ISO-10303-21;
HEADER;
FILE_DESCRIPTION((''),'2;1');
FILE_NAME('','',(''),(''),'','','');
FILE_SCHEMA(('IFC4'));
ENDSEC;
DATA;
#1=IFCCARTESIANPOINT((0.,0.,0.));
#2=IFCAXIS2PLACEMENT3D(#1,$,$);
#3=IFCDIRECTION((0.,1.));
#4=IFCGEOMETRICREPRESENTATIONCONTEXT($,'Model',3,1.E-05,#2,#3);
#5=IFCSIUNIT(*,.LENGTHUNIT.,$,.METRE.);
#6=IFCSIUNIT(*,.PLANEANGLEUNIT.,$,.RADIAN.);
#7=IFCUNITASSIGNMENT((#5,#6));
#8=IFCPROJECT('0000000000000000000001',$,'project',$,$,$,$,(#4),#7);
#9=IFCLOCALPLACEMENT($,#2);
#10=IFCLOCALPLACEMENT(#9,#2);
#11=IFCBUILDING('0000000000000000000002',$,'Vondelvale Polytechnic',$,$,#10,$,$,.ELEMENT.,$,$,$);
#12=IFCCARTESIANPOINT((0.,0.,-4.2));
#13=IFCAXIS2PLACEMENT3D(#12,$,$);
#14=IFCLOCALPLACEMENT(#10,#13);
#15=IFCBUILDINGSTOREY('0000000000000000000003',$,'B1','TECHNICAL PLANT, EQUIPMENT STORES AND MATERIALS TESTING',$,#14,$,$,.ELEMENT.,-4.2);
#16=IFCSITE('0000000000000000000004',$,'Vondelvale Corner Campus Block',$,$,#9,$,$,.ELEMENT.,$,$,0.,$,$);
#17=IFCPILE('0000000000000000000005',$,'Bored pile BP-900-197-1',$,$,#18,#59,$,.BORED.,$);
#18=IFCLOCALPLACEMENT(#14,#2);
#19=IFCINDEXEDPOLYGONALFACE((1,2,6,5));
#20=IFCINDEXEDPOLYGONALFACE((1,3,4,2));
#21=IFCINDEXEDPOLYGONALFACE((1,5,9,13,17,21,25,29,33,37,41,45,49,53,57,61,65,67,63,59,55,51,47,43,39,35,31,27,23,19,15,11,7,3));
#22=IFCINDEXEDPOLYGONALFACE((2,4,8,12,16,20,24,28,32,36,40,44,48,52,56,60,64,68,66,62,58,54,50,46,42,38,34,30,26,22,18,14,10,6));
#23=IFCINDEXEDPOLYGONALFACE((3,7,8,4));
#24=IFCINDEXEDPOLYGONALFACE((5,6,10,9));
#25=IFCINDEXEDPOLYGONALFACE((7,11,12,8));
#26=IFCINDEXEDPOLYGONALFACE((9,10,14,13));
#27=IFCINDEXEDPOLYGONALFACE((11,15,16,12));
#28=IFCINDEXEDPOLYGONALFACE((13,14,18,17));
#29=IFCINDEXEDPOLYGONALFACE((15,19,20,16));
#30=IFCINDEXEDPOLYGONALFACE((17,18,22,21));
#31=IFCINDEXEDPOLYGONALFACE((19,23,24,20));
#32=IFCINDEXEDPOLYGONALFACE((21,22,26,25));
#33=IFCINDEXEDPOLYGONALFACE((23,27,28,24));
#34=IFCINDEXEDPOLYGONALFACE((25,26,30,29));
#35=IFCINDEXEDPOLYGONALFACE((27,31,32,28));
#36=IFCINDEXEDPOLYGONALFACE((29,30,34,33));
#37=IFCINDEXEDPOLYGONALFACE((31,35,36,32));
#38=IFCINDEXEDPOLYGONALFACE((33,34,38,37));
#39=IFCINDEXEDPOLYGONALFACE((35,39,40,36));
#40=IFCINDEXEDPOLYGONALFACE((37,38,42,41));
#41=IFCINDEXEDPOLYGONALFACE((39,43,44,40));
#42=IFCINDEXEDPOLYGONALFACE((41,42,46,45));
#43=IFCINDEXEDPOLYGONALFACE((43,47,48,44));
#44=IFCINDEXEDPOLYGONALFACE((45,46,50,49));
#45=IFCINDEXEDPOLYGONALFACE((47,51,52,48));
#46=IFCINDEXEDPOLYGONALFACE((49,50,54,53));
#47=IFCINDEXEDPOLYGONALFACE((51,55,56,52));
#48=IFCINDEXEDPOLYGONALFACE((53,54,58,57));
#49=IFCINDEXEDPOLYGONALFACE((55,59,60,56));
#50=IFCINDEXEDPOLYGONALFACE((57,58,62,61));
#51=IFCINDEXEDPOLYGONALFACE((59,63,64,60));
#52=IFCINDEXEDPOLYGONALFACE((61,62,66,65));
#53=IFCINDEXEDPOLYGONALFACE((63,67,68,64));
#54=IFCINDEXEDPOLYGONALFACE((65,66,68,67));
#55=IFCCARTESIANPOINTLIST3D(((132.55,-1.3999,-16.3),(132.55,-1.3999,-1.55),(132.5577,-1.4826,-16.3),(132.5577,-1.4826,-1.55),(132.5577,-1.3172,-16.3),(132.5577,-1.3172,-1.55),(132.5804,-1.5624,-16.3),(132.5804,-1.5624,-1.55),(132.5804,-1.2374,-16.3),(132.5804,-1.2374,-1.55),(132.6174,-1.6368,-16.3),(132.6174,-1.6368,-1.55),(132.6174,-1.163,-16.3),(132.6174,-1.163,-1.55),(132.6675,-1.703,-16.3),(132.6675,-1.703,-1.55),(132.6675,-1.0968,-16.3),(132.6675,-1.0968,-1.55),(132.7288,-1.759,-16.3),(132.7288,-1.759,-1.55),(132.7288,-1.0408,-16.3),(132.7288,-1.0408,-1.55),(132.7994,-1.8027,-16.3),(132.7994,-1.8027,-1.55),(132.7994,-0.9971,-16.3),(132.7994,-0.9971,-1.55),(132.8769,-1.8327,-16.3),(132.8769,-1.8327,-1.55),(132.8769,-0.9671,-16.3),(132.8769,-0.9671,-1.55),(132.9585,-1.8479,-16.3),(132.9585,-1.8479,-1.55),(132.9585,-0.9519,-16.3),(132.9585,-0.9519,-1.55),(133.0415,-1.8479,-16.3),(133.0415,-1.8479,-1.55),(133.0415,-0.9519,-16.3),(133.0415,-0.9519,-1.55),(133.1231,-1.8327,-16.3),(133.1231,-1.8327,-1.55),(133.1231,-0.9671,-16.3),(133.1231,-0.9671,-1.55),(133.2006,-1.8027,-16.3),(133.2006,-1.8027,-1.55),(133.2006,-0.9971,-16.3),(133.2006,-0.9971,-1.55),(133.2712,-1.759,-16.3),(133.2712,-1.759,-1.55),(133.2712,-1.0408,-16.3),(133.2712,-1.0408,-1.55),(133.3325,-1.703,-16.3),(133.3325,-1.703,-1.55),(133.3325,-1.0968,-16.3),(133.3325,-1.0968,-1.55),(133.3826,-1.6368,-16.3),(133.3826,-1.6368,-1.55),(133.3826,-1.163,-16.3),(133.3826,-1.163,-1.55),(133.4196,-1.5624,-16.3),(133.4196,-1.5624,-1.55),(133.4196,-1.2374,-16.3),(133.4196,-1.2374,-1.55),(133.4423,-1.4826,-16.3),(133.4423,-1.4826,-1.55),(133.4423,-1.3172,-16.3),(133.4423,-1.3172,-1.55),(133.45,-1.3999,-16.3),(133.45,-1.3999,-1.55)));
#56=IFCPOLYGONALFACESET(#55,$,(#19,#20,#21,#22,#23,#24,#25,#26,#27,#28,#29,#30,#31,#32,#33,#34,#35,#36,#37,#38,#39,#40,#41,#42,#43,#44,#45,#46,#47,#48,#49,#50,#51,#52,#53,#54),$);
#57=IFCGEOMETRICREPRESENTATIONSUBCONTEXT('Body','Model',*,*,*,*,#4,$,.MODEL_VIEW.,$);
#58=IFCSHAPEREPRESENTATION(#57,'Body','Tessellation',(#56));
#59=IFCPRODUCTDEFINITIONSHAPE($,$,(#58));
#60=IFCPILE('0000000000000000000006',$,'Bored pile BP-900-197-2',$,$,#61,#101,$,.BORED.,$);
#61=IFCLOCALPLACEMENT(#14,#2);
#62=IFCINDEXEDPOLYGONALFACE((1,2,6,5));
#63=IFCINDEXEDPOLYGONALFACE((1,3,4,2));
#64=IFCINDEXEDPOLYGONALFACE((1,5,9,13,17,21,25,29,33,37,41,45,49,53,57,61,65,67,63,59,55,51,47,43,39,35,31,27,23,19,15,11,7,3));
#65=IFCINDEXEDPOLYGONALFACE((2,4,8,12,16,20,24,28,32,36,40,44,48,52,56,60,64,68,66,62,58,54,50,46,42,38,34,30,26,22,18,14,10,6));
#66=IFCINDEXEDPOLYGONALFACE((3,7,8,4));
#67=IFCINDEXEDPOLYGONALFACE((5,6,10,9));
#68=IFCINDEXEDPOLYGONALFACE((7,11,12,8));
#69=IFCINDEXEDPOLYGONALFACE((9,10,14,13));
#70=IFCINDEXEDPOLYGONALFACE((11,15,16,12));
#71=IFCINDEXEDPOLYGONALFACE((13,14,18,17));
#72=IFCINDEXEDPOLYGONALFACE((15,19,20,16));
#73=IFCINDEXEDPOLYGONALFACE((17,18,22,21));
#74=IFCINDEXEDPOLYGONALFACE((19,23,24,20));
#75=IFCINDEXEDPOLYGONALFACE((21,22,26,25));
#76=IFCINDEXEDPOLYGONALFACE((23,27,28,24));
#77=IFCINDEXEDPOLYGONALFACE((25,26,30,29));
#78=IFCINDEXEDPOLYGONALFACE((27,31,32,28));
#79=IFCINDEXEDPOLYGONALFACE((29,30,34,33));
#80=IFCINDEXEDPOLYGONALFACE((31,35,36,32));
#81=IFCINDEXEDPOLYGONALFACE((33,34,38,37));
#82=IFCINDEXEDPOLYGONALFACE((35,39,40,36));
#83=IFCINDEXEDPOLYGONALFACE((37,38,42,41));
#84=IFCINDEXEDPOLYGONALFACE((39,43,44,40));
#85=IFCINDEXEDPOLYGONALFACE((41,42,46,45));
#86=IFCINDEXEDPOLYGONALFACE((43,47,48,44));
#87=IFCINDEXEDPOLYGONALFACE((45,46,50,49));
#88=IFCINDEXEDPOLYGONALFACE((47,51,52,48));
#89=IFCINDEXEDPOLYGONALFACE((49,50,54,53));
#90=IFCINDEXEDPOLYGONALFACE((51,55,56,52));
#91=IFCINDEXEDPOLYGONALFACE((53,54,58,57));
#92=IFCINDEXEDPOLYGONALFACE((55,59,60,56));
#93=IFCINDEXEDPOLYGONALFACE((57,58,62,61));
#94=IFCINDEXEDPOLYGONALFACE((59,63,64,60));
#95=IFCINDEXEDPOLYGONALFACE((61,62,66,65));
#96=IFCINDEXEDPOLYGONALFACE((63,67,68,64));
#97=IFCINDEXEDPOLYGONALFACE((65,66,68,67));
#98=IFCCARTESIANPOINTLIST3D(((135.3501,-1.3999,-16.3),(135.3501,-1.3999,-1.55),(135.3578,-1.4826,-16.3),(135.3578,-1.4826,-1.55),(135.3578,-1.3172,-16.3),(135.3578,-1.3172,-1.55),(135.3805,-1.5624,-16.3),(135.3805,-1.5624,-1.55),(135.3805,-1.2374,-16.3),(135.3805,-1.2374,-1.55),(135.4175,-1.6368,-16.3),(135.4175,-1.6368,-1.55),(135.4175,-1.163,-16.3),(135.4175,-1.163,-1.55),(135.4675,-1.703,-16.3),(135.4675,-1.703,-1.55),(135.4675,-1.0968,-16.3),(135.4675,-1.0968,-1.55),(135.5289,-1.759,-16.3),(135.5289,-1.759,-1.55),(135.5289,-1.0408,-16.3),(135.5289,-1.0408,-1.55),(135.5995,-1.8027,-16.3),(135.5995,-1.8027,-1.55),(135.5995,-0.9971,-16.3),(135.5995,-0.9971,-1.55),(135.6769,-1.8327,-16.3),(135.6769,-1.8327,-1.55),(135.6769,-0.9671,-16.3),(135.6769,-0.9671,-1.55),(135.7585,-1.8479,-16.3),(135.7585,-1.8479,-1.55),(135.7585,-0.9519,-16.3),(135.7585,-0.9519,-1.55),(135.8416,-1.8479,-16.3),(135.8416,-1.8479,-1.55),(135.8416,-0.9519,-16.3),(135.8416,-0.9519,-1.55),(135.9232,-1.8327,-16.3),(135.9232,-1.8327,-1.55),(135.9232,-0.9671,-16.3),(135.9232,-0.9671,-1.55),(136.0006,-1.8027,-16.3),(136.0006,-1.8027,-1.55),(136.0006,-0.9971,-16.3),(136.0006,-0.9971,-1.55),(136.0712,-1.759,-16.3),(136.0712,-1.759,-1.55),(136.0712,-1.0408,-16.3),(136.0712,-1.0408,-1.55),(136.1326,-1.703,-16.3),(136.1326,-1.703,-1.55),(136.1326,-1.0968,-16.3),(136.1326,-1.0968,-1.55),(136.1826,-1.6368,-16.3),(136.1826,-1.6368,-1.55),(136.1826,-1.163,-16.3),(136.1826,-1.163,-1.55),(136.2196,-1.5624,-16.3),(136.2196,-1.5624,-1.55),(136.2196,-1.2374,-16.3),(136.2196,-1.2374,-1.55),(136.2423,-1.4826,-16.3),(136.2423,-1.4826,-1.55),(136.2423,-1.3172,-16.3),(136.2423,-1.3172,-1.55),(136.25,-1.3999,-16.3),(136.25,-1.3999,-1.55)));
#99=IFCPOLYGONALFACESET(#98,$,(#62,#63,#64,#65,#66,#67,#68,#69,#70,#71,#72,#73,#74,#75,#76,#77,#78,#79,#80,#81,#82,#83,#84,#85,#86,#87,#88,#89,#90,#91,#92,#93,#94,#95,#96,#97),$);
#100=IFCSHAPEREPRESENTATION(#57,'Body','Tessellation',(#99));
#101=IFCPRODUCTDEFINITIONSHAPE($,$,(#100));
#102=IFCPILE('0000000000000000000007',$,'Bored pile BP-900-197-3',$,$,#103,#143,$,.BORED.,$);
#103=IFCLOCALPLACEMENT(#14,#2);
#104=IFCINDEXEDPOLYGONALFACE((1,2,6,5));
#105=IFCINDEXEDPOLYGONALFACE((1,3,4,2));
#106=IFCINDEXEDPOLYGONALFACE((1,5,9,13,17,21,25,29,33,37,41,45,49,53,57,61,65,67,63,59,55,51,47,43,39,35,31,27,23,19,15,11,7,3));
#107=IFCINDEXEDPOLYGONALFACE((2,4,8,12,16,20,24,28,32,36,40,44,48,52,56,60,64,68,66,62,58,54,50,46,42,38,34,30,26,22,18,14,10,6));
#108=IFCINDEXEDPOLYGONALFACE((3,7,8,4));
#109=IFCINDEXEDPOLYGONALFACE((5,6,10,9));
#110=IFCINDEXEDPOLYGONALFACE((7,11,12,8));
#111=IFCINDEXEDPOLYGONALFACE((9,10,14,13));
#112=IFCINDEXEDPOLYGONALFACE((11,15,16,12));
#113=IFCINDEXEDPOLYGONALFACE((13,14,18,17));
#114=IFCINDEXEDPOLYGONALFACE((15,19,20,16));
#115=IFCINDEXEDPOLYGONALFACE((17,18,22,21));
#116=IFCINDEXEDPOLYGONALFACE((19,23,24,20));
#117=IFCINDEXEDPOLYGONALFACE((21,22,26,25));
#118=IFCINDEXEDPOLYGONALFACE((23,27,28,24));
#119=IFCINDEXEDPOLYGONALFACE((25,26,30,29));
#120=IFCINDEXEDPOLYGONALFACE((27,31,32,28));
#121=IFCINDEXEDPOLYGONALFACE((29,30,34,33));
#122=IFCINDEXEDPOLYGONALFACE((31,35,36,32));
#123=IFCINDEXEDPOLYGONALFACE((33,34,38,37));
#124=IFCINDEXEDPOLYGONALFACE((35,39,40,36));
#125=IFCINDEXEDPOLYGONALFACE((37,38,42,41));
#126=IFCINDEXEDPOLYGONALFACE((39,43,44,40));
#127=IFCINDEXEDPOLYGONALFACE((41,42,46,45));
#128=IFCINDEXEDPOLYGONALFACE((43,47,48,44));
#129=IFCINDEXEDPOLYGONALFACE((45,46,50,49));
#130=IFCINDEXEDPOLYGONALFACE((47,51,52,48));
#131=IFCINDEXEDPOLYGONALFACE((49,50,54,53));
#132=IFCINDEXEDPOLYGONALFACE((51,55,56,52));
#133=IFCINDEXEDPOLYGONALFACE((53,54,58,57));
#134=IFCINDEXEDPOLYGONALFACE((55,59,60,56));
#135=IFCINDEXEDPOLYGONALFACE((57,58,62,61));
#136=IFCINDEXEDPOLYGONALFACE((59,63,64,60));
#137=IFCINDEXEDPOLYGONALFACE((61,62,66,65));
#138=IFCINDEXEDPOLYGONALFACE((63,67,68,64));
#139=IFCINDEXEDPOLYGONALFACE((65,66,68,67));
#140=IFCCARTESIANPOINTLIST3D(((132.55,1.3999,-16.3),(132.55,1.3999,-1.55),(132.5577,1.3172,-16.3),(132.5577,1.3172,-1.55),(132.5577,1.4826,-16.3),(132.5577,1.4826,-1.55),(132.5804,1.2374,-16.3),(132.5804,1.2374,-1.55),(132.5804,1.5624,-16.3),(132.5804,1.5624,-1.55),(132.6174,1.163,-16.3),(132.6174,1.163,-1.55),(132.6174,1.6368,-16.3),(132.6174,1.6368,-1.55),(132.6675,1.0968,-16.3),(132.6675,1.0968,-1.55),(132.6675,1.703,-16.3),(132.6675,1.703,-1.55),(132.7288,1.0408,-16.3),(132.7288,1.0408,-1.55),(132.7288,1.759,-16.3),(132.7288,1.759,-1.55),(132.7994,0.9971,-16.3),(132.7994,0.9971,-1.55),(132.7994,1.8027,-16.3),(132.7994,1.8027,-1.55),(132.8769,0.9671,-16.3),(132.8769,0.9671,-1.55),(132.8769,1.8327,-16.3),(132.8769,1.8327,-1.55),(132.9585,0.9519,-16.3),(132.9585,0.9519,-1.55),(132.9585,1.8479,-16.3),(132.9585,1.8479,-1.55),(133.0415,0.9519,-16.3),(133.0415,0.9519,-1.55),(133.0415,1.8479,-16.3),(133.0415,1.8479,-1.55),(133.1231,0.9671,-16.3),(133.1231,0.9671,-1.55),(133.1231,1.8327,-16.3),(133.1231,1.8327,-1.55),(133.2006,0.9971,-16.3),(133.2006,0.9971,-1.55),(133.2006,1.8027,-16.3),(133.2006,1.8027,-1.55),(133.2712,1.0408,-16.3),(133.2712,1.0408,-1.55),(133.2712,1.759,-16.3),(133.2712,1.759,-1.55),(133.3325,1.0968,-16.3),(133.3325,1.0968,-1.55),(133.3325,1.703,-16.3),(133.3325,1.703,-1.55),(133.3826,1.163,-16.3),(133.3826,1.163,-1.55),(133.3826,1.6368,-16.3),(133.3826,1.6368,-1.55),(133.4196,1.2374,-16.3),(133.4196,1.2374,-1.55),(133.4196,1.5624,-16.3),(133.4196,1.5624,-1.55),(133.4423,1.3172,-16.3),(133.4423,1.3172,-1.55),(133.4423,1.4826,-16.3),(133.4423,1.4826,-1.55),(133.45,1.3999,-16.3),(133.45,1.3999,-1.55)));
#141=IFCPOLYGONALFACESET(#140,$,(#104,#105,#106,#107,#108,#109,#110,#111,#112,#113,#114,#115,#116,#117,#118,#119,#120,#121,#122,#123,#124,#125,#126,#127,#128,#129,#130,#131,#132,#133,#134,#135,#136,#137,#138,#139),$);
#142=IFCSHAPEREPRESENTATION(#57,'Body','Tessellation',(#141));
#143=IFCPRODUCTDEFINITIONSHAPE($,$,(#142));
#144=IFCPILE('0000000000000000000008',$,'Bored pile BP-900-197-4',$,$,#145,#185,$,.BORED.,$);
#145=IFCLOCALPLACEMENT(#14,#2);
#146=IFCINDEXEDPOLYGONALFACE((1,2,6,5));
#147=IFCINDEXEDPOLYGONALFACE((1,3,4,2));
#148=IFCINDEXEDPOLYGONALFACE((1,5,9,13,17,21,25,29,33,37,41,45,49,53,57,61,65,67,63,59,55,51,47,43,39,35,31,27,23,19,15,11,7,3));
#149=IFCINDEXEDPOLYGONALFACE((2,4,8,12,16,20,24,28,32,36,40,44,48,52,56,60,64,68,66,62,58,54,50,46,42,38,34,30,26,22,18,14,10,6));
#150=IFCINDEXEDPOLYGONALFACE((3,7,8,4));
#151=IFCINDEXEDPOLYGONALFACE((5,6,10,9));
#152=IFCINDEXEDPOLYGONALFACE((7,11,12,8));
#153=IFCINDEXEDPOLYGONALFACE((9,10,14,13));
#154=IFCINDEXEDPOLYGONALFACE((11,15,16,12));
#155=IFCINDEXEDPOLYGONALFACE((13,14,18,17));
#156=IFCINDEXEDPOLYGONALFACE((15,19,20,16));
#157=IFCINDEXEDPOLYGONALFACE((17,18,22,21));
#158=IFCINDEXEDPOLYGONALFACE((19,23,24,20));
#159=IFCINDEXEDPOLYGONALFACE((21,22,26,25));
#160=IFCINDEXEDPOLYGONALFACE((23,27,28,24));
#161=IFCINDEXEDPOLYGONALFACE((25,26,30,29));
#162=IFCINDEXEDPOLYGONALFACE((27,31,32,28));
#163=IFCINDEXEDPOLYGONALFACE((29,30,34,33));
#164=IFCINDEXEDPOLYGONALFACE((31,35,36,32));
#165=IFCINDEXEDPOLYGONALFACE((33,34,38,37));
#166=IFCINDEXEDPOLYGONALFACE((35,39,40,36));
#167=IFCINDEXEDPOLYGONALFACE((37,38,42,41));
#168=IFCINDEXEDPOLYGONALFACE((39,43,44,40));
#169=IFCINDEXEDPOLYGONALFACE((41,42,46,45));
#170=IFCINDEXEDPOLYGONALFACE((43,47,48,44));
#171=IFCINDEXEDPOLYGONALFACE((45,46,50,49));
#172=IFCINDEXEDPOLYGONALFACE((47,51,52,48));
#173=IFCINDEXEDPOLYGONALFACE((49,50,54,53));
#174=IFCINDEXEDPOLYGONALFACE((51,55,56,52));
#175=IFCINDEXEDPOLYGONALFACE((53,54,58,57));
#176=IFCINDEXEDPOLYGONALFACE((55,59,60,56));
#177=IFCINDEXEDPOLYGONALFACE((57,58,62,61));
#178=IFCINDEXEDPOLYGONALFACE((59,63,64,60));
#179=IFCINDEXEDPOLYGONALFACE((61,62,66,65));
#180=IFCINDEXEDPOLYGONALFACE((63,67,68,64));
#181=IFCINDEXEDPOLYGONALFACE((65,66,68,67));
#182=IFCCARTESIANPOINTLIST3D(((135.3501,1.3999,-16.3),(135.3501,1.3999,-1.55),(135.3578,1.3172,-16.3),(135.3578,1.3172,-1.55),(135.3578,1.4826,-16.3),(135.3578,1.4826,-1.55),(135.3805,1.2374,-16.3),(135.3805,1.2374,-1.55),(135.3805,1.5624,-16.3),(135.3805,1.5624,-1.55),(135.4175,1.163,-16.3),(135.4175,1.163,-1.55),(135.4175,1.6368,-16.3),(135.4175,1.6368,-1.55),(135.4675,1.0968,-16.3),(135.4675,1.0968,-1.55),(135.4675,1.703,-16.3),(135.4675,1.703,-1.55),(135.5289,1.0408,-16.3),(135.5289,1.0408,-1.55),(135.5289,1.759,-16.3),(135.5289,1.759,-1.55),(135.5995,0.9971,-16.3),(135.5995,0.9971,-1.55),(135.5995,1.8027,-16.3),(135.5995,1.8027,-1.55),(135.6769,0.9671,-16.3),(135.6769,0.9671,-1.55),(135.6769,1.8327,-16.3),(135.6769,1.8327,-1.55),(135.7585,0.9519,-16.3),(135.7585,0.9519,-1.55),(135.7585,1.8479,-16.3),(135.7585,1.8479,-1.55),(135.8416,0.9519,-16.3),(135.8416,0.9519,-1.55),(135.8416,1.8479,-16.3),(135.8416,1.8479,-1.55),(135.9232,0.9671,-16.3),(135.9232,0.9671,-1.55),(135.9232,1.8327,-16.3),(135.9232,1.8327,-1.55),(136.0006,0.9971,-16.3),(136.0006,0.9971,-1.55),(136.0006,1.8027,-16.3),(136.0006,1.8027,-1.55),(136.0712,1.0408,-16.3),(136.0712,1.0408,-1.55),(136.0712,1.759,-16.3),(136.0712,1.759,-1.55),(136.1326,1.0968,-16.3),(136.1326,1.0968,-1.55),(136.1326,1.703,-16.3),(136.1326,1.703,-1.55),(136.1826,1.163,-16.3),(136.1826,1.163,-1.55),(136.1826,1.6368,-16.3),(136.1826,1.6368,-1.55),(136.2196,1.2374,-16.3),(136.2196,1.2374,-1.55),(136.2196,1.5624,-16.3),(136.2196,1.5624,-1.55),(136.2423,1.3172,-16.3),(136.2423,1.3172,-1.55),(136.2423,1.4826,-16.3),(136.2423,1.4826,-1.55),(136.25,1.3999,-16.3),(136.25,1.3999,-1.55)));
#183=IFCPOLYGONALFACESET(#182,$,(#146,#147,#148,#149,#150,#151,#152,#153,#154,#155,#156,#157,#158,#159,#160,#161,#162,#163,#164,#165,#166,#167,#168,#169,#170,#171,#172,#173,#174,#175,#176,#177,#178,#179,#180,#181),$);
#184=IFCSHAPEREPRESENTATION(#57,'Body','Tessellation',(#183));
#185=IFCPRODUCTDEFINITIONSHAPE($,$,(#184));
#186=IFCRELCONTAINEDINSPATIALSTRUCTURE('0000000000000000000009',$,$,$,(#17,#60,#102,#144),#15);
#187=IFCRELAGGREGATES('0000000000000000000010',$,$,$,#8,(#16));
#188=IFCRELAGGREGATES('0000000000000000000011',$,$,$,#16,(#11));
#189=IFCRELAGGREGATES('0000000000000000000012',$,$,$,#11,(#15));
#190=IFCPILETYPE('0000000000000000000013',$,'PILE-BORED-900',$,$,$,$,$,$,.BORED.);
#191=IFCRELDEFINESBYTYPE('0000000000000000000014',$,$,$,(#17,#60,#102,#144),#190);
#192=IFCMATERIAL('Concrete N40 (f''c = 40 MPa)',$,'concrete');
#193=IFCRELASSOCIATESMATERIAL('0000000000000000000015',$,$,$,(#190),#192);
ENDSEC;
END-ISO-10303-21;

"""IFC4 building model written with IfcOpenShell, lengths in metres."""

from ifc_helpers import new_model, si_unit, direction, frame, origin, origin_2d, place, context, subcontext, project, spatial, circle, extrude, material, material_profile, profile_set, type_object, element, save


model = new_model("IFC4")

# Units and contexts
model_context = context("Model", 3, precision=1e-05, world=origin(), true_north=direction((0.0, 1.0)))
body_context = subcontext(model_context, "Body", "Model", "MODEL_VIEW")
ifc_project = project(units=[si_unit("LENGTHUNIT", "METRE"), si_unit("PLANEANGLEUNIT", "RADIAN")], contexts=[model_context])

# Site, building, storey
site_placement = place(None, origin())
site = spatial("IfcSite", under=ifc_project, at=site_placement, Name="Vondelvale Corner Campus Block", CompositionType="ELEMENT", RefElevation=0.0)
building_placement = place(site_placement, origin())
building = spatial("IfcBuilding", under=site, at=building_placement, Name="Vondelvale Polytechnic", CompositionType="ELEMENT")
storey_placement = place(building_placement, frame((0.0, 0.0, -4.2)))
storey = spatial("IfcBuildingStorey", under=building, at=storey_placement, Name="B1", Description="TECHNICAL PLANT, EQUIPMENT STORES AND MATERIALS TESTING", CompositionType="ELEMENT", Elevation=-4.2)

# Shared definitions
ifc_material_1 = material(Name="Concrete N40 (f'c = 40 MPa)", Category="concrete")

# Piles
ifc_material_profile_1 = material_profile(ifc_material_1, circle(Radius=0.45, at=origin_2d()), Name="PILE-D900")
ifc_profile_set_1 = profile_set([ifc_material_profile_1], Name="Concrete N40 (f'c = 40 MPa)")
pile_type_1 = type_object("IfcPileType", Name="PILE-BORED-900", PredefinedType="BORED", material=ifc_profile_set_1)
for number, where, z_axis, x_axis, name in (
    (1, (133.0, -1.3999, -1.55), (0.0, 0.0, -1.0), (1.0, 0.0, 0.0), "Bored pile BP-900-197-1"),
    (2, (135.8, -1.3999, -1.55), (0.0, 0.0, -1.0), (1.0, 0.0, 0.0), "Bored pile BP-900-197-2"),
    (3, (133.0, 1.3999, -1.55), (0.0, 0.0, -1.0), (1.0, 0.0, 0.0), "Bored pile BP-900-197-3"),
    (4, (135.8, 1.3999, -1.55), (0.0, 0.0, -1.0), (1.0, 0.0, 0.0), "Bored pile BP-900-197-4"),
):
    element("IfcPile", number, at=place(storey_placement, frame(where, z_axis=z_axis, x_axis=x_axis)), inside=storey, type_object=pile_type_1, Name=name, PredefinedType="BORED", context=body_context, shape_type="SweptSolid", body=[
        extrude(circle(Radius=0.45, at=origin_2d()), origin(), (0.0, 0.0, 1.0), 14.75),
    ])

save(model, "model.ifc")
